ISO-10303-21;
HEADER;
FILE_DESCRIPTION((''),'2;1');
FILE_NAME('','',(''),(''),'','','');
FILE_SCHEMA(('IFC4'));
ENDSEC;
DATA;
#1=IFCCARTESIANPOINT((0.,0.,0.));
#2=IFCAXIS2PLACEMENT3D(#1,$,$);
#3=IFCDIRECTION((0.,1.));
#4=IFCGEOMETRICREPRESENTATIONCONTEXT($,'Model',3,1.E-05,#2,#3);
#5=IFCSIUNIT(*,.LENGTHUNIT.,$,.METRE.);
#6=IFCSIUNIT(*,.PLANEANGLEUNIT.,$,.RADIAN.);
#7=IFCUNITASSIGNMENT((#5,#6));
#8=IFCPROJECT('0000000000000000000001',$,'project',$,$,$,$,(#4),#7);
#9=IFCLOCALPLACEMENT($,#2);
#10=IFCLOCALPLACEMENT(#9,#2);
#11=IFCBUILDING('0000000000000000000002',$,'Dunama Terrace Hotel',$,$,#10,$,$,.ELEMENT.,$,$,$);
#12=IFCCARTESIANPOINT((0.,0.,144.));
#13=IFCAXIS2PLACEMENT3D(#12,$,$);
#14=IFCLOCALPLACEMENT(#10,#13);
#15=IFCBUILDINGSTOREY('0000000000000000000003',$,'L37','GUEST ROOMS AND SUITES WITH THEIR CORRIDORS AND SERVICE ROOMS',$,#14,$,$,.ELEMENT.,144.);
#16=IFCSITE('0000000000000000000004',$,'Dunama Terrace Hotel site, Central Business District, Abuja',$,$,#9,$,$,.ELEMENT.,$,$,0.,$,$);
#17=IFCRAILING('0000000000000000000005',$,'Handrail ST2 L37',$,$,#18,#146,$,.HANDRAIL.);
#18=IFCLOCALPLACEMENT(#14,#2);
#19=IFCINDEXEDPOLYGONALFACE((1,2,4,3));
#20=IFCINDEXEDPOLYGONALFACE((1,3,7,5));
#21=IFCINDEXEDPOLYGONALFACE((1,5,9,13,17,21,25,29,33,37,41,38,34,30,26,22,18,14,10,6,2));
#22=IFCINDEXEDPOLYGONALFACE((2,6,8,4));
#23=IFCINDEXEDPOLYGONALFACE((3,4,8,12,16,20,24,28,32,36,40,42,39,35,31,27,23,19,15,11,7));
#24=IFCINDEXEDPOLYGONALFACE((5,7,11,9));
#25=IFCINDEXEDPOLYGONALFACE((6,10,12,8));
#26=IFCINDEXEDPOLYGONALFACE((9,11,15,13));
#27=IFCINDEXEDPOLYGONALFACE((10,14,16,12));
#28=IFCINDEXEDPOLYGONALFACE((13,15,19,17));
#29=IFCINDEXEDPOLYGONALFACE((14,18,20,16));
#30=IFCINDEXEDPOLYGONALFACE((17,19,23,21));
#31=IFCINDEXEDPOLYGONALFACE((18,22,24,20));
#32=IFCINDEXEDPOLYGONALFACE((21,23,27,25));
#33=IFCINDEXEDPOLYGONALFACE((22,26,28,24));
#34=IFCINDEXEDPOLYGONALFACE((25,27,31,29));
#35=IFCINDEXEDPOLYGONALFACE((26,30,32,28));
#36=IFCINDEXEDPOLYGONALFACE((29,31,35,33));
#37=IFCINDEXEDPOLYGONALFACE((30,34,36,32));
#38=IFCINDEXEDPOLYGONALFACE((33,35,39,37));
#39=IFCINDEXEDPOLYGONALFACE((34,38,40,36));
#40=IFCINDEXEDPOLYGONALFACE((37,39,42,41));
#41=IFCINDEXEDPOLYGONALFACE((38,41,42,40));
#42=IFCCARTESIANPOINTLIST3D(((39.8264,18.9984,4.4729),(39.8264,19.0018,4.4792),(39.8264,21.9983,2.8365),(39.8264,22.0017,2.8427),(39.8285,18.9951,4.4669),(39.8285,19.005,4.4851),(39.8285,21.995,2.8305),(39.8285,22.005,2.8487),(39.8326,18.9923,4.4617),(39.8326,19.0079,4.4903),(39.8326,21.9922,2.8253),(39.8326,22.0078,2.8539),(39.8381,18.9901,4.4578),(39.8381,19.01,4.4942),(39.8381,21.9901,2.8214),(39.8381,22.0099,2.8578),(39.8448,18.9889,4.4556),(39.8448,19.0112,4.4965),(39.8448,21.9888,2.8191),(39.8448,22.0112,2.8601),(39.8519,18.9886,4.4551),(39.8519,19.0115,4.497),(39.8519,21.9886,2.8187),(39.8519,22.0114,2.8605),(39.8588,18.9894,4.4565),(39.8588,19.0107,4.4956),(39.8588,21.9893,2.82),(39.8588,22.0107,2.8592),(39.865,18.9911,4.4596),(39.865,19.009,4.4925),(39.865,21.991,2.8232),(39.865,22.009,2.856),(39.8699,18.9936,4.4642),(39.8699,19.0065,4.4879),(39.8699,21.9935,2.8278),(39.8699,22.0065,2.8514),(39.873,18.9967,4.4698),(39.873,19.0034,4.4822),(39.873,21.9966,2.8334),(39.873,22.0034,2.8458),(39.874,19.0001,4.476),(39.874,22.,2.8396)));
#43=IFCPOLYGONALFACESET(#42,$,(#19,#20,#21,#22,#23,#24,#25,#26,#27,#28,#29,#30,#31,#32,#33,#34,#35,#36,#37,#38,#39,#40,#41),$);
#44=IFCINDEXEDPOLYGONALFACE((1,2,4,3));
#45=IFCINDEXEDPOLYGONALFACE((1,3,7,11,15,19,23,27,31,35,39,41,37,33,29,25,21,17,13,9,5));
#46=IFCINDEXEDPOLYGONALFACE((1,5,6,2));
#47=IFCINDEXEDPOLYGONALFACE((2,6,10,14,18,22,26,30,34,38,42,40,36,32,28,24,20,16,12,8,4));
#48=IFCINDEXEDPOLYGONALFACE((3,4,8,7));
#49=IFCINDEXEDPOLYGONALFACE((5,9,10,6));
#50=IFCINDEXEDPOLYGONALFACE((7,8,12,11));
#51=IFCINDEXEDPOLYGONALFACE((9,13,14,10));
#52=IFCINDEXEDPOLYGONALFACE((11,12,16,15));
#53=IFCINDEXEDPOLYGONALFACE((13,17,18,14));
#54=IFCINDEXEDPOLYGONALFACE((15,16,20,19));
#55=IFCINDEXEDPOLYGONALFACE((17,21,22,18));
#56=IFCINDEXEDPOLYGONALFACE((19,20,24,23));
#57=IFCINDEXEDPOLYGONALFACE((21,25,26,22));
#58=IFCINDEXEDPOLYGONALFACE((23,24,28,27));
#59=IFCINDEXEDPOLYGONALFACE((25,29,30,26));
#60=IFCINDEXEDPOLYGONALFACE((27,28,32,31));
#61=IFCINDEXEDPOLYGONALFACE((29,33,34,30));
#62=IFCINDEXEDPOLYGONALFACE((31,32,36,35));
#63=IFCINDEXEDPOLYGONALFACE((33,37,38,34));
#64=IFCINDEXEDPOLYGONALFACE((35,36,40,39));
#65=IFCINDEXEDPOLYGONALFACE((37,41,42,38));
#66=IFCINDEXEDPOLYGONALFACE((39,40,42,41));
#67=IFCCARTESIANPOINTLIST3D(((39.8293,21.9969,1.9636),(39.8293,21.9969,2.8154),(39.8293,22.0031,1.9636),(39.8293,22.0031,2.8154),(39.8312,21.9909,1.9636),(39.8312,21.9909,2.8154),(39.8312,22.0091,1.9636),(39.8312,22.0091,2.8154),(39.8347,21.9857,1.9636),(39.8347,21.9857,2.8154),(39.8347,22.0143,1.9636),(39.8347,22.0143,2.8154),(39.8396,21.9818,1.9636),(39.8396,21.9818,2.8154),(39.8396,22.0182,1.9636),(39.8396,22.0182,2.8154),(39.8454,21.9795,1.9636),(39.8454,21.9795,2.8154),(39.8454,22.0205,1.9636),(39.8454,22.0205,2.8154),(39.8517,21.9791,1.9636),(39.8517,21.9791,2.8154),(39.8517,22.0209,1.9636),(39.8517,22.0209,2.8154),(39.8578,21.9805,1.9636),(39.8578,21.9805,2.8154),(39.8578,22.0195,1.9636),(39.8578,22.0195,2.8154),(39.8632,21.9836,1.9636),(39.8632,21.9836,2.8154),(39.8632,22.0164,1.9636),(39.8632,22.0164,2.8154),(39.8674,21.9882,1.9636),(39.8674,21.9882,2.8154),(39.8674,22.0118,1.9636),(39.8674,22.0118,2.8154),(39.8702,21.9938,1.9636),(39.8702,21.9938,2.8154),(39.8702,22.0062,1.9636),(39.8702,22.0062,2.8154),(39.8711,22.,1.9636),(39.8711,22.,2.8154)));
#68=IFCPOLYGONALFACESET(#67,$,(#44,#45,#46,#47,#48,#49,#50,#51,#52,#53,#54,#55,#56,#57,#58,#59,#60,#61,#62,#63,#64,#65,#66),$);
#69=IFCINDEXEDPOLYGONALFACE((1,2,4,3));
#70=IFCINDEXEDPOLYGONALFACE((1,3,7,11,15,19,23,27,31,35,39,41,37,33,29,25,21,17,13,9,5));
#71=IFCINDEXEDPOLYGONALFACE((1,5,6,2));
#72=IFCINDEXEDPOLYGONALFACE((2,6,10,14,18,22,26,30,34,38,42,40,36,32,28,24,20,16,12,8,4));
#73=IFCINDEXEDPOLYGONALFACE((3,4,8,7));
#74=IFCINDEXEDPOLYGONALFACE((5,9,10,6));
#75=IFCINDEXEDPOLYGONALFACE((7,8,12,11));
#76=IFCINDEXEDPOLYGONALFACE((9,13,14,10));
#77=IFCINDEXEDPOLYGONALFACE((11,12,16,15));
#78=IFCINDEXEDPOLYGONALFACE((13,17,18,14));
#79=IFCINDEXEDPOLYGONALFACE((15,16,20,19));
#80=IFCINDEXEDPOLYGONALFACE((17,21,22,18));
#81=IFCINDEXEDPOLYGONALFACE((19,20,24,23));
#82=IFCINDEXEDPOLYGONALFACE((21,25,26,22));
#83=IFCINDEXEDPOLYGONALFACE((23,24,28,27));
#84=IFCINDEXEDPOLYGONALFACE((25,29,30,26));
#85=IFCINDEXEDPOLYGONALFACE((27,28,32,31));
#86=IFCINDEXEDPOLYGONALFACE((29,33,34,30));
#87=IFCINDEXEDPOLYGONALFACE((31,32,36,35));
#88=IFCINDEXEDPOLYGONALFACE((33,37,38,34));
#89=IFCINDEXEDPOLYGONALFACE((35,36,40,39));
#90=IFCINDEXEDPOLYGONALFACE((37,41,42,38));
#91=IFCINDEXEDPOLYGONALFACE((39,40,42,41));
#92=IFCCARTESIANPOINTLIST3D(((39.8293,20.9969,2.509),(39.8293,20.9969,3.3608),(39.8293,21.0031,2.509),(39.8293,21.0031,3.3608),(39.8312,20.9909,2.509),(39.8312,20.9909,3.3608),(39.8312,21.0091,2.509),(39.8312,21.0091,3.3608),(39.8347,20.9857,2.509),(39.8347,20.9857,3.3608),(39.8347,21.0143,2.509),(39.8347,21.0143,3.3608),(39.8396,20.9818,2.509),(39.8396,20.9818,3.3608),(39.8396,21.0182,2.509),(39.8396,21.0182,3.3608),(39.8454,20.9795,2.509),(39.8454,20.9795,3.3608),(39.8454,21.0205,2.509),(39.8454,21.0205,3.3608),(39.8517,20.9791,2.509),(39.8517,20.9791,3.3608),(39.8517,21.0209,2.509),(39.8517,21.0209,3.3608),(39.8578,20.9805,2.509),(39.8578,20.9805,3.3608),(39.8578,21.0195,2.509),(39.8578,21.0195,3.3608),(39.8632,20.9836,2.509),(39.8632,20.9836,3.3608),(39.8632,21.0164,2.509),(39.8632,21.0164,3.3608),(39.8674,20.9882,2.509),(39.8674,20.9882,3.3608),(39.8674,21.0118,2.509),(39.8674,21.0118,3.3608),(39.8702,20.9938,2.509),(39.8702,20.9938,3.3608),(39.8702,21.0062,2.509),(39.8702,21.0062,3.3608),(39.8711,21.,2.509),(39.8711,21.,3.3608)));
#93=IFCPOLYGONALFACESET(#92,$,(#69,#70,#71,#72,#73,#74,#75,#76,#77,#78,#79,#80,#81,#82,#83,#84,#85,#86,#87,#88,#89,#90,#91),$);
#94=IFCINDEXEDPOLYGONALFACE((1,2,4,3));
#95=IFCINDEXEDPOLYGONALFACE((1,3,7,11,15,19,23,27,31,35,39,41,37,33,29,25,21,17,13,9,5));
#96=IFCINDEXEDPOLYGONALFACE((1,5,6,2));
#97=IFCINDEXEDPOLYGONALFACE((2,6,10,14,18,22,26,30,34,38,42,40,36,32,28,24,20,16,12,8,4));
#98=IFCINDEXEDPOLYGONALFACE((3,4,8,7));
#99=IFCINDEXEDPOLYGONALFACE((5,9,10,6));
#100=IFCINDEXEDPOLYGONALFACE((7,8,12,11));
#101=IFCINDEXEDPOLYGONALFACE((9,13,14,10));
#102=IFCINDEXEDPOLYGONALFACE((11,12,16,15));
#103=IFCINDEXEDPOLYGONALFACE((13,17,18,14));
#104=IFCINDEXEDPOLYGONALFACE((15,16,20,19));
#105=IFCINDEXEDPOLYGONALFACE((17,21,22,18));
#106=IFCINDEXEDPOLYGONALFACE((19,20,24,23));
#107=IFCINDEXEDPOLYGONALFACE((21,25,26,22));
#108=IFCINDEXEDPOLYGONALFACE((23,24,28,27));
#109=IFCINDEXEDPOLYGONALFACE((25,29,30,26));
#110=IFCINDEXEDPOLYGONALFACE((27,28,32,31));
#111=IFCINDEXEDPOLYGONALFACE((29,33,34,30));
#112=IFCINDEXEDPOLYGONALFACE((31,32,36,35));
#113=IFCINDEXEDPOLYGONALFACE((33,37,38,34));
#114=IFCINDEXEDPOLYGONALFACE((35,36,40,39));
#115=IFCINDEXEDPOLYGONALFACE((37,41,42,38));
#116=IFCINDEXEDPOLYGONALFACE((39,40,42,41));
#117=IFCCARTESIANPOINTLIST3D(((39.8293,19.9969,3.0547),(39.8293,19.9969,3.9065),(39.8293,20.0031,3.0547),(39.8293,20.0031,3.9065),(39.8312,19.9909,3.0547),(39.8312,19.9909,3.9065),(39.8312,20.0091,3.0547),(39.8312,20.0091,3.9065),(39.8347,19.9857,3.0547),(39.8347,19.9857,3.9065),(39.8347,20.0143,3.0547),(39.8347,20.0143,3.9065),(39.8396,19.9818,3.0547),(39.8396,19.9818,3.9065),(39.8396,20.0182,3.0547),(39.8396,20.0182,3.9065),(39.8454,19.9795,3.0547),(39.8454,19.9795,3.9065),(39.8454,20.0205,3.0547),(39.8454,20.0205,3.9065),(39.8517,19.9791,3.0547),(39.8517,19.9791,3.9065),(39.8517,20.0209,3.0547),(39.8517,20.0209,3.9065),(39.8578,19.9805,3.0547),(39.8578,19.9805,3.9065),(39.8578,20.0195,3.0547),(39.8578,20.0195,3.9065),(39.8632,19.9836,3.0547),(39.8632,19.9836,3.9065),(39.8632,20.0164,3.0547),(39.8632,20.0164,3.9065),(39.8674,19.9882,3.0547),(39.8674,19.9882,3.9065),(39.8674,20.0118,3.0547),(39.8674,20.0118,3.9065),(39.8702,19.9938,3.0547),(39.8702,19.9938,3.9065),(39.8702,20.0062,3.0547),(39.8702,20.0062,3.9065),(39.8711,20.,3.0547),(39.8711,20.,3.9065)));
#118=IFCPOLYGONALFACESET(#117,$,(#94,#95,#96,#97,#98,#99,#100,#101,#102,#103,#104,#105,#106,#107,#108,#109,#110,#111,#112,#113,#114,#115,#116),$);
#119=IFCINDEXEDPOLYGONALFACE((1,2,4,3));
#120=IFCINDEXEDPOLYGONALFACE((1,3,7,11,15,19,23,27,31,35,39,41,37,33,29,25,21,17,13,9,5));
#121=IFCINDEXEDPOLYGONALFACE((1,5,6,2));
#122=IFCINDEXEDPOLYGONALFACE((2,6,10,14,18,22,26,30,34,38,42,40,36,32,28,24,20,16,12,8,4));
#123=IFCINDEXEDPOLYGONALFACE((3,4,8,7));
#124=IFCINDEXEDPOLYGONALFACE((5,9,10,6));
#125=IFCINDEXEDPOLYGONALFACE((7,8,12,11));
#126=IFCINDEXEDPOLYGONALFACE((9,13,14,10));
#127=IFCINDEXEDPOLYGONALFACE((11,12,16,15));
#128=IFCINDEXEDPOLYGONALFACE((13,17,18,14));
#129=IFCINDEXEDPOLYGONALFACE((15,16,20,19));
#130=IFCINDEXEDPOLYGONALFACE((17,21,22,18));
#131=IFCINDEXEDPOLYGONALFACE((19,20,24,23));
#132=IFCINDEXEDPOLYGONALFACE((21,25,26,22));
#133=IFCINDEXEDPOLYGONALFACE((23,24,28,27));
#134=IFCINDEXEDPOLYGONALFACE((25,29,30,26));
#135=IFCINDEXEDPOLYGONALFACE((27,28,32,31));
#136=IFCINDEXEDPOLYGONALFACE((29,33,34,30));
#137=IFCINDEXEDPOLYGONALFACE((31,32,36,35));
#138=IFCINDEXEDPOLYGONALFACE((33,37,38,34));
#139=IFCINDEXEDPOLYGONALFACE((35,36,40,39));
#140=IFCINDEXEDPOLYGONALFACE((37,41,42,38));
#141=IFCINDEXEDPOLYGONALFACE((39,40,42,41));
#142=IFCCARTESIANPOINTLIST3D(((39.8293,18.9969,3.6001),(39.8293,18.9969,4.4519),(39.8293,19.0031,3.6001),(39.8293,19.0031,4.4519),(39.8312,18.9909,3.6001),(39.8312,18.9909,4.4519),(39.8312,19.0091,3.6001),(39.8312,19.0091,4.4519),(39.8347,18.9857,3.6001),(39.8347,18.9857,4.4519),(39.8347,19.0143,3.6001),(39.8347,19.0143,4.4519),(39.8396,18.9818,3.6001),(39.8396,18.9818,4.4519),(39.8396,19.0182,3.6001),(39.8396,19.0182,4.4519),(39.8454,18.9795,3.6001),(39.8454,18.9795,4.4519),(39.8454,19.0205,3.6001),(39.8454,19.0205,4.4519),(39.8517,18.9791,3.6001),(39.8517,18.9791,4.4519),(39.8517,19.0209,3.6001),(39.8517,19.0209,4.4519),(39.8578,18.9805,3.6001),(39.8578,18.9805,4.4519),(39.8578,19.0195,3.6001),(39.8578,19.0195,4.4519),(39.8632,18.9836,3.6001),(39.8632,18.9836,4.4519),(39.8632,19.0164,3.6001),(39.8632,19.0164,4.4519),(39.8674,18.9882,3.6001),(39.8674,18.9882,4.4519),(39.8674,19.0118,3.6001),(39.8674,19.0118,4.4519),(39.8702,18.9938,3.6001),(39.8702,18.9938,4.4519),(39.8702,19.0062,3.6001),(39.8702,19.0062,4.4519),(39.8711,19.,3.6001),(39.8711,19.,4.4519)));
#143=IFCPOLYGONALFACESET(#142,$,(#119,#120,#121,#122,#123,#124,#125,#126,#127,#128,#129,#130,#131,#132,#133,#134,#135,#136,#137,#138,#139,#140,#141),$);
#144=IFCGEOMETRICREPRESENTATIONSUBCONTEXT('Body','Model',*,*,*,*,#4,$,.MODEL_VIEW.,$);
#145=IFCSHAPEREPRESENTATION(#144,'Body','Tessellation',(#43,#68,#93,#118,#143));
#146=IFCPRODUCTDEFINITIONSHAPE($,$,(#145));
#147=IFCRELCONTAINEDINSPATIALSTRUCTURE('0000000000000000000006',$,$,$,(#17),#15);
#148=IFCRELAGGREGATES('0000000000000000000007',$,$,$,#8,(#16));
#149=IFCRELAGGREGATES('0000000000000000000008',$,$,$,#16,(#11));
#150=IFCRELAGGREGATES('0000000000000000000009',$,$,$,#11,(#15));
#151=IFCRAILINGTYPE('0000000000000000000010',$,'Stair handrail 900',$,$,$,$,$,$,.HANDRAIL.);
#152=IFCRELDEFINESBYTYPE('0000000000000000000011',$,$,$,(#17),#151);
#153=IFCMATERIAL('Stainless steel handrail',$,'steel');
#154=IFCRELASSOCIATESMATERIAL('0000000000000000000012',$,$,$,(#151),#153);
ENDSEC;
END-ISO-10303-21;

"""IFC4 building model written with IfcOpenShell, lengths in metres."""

from ifc_helpers import new_model, si_unit, direction, frame, origin, origin_2d, place, context, subcontext, project, spatial, circle, extrude, material, type_object, element, save


model = new_model("IFC4")

# Units and contexts
model_context = context("Model", 3, precision=1e-05, world=origin(), true_north=direction((0.0, 1.0)))
body_context = subcontext(model_context, "Body", "Model", "MODEL_VIEW")
ifc_project = project(units=[si_unit("LENGTHUNIT", "METRE"), si_unit("PLANEANGLEUNIT", "RADIAN")], contexts=[model_context])

# Site, building, storey
site_placement = place(None, origin())
site = spatial("IfcSite", under=ifc_project, at=site_placement, Name="Dunama Terrace Hotel site, Central Business District, Abuja", CompositionType="ELEMENT", RefElevation=0.0)
building_placement = place(site_placement, origin())
building = spatial("IfcBuilding", under=site, at=building_placement, Name="Dunama Terrace Hotel", CompositionType="ELEMENT")
storey_placement = place(building_placement, frame((0.0, 0.0, 144.0)))
storey = spatial("IfcBuildingStorey", under=building, at=storey_placement, Name="L37", Description="GUEST ROOMS AND SUITES WITH THEIR CORRIDORS AND SERVICE ROOMS", CompositionType="ELEMENT", Elevation=144.0)

# Railing
ifc_material_1 = material(Name="Stainless steel handrail", Category="steel")
railing_type = type_object("IfcRailingType", Name="Stair handrail 900", PredefinedType="HANDRAIL", material=ifc_material_1)
railing_1_placement = place(storey_placement, frame((39.8501, 22.0, 1.9636)))
element("IfcRailing", 1, at=railing_1_placement, inside=storey, type_object=railing_type, Name="Handrail ST2 L37", PredefinedType="HANDRAIL", context=body_context, shape_type="SweptSolid", body=[
    extrude(circle(Radius=0.0239, at=origin_2d()), frame((0.0, 0.0, 0.876), z_axis=(0.0, -0.877882, 0.478877), x_axis=(1.0, 0.0, 0.0)), (0.0, 0.0, 1.0), 3.4172),
    extrude(circle(Radius=0.021, at=origin_2d()), origin(), (0.0, 0.0, 1.0), 0.8518),
    extrude(circle(Radius=0.021, at=origin_2d()), frame((0.0, -1.0, 0.5454)), (0.0, 0.0, 1.0), 0.8518),
    extrude(circle(Radius=0.021, at=origin_2d()), frame((0.0, -2.0, 1.0911)), (0.0, 0.0, 1.0), 0.8518),
    extrude(circle(Radius=0.021, at=origin_2d()), frame((0.0, -3.0, 1.6365)), (0.0, 0.0, 1.0), 0.8518),
])

save(model, "model.ifc")
